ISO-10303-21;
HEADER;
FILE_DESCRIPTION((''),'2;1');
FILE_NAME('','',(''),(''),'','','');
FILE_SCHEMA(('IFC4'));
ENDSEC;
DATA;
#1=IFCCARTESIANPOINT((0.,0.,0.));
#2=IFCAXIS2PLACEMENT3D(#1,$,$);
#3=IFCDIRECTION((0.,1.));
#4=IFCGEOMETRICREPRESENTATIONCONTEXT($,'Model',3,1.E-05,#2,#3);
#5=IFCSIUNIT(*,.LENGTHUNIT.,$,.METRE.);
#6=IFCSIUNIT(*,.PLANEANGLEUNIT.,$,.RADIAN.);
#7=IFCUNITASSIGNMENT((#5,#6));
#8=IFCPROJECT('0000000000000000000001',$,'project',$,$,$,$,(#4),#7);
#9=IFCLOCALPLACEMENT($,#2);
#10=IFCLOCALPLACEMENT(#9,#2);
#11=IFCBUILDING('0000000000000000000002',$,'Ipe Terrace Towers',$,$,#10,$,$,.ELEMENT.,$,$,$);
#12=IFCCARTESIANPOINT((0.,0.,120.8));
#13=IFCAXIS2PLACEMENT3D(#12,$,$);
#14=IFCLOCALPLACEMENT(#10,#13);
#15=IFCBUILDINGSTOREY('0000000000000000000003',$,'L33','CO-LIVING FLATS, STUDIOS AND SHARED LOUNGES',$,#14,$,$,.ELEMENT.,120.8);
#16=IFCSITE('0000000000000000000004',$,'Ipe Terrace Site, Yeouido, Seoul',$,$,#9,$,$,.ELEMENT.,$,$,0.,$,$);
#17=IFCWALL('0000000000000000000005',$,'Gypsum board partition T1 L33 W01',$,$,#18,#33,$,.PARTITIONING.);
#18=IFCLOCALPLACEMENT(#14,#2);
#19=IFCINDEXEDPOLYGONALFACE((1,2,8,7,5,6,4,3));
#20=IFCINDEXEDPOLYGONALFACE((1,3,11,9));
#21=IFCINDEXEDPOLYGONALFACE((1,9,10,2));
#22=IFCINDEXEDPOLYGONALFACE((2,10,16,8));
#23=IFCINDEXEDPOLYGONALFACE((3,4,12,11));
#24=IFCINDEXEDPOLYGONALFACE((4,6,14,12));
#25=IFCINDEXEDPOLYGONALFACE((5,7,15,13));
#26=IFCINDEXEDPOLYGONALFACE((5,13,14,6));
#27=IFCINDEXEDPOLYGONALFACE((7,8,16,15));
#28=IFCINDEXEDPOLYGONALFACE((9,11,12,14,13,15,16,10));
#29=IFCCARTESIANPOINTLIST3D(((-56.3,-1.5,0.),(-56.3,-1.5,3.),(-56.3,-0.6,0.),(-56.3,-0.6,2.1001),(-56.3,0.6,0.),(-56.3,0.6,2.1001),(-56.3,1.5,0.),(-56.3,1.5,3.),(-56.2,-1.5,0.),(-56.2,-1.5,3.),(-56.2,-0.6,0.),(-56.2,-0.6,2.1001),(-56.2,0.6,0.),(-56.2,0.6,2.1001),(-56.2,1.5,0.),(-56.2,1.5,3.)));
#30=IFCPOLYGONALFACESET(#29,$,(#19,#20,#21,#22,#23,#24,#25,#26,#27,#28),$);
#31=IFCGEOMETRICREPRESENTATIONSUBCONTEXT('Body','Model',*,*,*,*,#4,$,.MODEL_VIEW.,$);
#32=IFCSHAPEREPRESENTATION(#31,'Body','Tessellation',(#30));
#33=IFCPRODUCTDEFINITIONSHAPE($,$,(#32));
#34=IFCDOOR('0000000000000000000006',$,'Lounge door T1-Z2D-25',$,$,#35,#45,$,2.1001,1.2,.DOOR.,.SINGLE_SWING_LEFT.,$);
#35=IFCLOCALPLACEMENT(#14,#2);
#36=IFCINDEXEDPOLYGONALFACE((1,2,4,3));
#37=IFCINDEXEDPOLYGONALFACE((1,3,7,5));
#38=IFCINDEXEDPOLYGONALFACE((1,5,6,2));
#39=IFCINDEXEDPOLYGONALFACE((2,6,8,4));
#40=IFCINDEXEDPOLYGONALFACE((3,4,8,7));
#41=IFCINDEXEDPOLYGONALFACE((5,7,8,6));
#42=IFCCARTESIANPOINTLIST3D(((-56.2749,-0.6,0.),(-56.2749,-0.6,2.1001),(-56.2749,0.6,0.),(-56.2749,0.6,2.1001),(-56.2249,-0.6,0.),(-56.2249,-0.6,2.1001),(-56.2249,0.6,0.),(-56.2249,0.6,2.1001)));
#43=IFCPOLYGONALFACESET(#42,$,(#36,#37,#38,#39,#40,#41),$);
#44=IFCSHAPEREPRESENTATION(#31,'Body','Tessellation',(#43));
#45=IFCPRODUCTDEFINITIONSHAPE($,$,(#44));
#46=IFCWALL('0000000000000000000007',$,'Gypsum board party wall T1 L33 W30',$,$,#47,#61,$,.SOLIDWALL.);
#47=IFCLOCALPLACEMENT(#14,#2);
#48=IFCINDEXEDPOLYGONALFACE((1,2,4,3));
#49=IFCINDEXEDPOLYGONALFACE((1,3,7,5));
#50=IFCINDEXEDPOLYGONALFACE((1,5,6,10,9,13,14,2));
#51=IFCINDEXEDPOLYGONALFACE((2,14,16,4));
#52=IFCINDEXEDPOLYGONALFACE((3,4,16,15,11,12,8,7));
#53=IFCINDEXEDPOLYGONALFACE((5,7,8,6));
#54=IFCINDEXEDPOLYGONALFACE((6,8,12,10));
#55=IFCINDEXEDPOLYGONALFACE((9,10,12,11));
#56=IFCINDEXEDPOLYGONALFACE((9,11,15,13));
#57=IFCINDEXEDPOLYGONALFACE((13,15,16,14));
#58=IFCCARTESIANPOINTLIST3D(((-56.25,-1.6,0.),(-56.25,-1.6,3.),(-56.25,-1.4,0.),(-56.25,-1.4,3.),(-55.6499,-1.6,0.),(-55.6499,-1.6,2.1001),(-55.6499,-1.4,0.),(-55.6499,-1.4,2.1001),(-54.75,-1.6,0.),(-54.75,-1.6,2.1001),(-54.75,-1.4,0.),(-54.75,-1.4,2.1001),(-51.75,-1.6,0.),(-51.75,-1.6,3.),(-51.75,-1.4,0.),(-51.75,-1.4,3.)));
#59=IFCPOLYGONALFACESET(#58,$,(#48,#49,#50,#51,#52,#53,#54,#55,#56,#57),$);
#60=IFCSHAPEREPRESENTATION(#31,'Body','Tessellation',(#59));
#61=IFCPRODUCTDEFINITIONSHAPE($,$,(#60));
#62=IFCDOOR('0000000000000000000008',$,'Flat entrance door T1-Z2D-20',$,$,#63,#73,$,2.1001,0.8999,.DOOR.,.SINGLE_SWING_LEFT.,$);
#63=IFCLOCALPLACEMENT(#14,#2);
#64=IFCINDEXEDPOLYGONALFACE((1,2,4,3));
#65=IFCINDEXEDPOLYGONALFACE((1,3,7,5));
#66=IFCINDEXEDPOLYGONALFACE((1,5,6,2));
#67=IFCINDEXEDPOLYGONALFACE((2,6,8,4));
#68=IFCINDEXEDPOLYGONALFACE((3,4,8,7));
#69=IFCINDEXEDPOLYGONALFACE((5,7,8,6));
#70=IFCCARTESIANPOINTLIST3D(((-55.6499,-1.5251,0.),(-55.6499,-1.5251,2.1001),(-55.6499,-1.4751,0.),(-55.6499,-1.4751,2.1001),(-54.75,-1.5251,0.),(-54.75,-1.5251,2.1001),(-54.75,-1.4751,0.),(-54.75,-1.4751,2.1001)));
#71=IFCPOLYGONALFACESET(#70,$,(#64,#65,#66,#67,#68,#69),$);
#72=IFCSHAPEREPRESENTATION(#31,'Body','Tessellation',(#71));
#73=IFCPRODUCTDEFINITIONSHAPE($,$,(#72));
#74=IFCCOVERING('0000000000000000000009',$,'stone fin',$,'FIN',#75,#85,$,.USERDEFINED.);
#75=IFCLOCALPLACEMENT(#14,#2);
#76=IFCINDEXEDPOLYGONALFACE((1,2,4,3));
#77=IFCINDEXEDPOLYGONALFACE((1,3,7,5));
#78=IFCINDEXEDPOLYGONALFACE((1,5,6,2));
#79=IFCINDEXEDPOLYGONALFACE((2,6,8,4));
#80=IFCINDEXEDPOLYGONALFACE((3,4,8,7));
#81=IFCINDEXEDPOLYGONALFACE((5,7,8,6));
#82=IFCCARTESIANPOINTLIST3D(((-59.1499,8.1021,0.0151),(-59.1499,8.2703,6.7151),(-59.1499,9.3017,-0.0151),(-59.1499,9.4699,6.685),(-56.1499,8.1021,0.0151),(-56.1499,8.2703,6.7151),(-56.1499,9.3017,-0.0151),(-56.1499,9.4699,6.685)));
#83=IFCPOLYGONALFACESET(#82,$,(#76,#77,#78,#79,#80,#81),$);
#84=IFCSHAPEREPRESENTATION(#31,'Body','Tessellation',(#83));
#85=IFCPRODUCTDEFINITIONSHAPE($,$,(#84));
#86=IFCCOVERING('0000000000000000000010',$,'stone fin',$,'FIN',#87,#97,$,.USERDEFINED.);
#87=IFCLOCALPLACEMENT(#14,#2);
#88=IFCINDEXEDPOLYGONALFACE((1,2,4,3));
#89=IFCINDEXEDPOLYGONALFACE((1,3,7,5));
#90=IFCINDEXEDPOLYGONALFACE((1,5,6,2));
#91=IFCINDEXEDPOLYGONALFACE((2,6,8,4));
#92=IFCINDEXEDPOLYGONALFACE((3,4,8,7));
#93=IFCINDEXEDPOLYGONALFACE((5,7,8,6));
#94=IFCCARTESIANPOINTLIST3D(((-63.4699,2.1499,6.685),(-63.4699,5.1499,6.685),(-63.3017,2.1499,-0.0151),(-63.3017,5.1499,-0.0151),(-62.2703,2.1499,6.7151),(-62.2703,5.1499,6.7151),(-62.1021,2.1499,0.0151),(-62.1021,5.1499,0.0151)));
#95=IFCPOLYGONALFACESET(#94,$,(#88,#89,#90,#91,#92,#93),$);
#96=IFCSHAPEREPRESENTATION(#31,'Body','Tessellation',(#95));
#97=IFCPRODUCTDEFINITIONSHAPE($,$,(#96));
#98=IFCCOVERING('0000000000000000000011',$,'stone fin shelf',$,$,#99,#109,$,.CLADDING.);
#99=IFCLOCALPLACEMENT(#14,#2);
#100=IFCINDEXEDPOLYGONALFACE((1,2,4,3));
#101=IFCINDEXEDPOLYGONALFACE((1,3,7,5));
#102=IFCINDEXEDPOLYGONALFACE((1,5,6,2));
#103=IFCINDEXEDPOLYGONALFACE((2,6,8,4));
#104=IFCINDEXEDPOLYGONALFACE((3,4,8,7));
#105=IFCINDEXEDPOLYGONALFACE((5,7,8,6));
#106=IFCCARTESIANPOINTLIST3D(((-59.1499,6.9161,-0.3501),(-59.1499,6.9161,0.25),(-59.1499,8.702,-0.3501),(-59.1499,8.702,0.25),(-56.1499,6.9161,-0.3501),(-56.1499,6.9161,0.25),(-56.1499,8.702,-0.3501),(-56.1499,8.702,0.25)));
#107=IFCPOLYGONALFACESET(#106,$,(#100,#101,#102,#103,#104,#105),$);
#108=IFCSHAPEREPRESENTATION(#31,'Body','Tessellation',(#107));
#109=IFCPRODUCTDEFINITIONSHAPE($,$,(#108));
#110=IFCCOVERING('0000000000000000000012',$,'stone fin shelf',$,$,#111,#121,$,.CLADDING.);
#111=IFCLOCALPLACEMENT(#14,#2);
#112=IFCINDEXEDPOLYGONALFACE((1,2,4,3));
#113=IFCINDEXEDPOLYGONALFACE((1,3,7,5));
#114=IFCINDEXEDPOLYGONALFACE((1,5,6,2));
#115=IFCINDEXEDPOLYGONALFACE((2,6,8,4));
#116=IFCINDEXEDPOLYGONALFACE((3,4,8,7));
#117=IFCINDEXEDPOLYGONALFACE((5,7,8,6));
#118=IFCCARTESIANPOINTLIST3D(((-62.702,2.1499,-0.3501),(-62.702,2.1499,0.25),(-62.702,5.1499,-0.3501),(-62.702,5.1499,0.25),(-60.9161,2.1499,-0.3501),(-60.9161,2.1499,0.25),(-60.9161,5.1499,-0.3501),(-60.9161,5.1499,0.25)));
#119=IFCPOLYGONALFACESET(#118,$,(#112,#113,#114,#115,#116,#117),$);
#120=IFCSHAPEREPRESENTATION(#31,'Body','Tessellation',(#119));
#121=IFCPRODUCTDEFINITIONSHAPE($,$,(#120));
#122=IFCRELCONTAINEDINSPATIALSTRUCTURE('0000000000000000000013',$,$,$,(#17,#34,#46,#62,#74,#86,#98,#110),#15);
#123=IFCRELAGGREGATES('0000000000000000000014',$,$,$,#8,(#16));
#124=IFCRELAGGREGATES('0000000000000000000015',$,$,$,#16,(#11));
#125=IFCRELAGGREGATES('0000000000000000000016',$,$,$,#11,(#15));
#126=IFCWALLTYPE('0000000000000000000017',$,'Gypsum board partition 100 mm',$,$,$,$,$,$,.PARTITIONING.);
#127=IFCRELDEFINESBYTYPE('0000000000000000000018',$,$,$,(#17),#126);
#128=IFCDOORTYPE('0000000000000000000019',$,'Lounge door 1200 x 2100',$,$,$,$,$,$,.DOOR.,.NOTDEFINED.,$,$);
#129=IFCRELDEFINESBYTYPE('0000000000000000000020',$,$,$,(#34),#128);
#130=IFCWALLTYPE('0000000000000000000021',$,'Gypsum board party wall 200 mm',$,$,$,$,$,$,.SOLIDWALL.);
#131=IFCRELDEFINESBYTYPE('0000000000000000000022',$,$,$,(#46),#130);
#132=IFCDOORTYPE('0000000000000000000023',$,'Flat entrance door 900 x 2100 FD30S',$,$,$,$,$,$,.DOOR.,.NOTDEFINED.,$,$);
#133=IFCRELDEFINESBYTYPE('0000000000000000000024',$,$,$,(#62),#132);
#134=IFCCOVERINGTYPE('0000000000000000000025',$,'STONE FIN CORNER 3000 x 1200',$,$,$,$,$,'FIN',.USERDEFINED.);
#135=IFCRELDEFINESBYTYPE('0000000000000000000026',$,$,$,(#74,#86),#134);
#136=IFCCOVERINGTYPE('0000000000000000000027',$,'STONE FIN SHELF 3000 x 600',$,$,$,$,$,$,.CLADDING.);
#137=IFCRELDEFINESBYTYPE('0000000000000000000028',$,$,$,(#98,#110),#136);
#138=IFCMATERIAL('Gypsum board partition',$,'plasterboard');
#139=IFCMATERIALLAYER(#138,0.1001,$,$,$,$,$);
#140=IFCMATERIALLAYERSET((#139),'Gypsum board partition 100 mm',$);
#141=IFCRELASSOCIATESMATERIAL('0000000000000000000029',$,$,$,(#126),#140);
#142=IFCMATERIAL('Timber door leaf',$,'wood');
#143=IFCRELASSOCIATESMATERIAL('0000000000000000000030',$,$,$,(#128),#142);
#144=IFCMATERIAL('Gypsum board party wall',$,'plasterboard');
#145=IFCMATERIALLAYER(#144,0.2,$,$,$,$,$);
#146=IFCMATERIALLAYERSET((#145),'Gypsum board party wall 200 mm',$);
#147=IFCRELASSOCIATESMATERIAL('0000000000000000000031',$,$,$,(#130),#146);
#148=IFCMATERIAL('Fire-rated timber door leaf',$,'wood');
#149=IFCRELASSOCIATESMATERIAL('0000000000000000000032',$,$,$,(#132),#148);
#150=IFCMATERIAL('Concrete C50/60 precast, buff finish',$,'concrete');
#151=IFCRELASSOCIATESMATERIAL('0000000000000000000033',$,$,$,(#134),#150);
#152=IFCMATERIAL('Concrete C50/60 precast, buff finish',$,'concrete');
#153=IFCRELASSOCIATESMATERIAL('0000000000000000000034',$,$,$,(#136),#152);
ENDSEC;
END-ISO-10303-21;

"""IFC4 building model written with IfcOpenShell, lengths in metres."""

from ifc_helpers import new_model, si_unit, direction, frame, frame_2d, origin, origin_2d, place, context, subcontext, project, spatial, rectangle, extrude, material, layer, layer_set, material_profile, profile_set, type_object, element, fill, save


model = new_model("IFC4")

# Units and contexts
model_context = context("Model", 3, precision=1e-05, world=origin(), true_north=direction((0.0, 1.0)))
body_context = subcontext(model_context, "Body", "Model", "MODEL_VIEW")
ifc_project = project(units=[si_unit("LENGTHUNIT", "METRE"), si_unit("PLANEANGLEUNIT", "RADIAN")], contexts=[model_context])

# Site, building, storey
site_placement = place(None, origin())
site = spatial("IfcSite", under=ifc_project, at=site_placement, Name="Ipe Terrace Site, Yeouido, Seoul", CompositionType="ELEMENT", RefElevation=0.0)
building_placement = place(site_placement, origin())
building = spatial("IfcBuilding", under=site, at=building_placement, Name="Ipe Terrace Towers", CompositionType="ELEMENT")
storey_placement = place(building_placement, frame((0.0, 0.0, 120.8)))
storey = spatial("IfcBuildingStorey", under=building, at=storey_placement, Name="L33", Description="CO-LIVING FLATS, STUDIOS AND SHARED LOUNGES", CompositionType="ELEMENT", Elevation=120.8)

# Walls, openings, doors
ifc_material_1 = material(Name="Gypsum board partition", Category="plasterboard")
ifc_layer_1 = layer(ifc_material_1, 0.1001)
ifc_layer_set_1 = layer_set([ifc_layer_1], Name="Gypsum board partition 100 mm")
wall_type_1 = type_object("IfcWallType", Name="Gypsum board partition 100 mm", PredefinedType="PARTITIONING", material=ifc_layer_set_1)
wall_1_placement = place(storey_placement, frame((-56.25, -1.5, 0.0), z_axis=(0.0, 0.0, 1.0), x_axis=(0.0, 1.0, 0.0)))
wall_1 = element("IfcWall", 1, at=wall_1_placement, inside=storey, type_object=wall_type_1, Name="Gypsum board partition T1 L33 W01", PredefinedType="PARTITIONING", context=body_context, shape_type="SweptSolid", body=[
    extrude(rectangle(XDim=3.0, YDim=0.1001, at=frame_2d((1.5, 0.0))), origin(), (0.0, 0.0, 1.0), 3.0),
])
opening_1_placement = place(wall_1_placement, frame((0.8999, 0.0, 0.0)))
opening_1 = element("IfcOpeningElement", 2, at=opening_1_placement, cuts=wall_1, PredefinedType="OPENING", context=body_context, shape_type="SweptSolid", body=[
    extrude(rectangle(XDim=1.2, YDim=2.1001, at=frame_2d((0.6001, 1.05))), frame((0.0, 0.0601, 0.0), z_axis=(0.0, -1.0, 0.0), x_axis=(1.0, 0.0, 0.0)), (0.0, 0.0, 1.0), 0.1201),
])
ifc_material_2 = material(Name="Timber door leaf", Category="wood")
door_type_1 = type_object("IfcDoorType", Name="Lounge door 1200 x 2100", OperationType="NOTDEFINED", PredefinedType="DOOR", material=ifc_material_2)
door_1_placement = place(opening_1_placement, origin())
door_1 = element("IfcDoor", 3, at=door_1_placement, inside=storey, type_object=door_type_1, Name="Lounge door T1-Z2D-25", OperationType="SINGLE_SWING_LEFT", OverallHeight=2.1001, OverallWidth=1.2, PredefinedType="DOOR", context=body_context, shape_type="SweptSolid", body=[
    extrude(rectangle(XDim=1.2, YDim=2.1001, at=frame_2d((0.6001, 1.05))), frame((0.0, 0.0249, 0.0), z_axis=(0.0, -1.0, 0.0), x_axis=(1.0, 0.0, 0.0)), (0.0, 0.0, 1.0), 0.05),
])
fill(opening_1, door_1)
ifc_material_3 = material(Name="Gypsum board party wall", Category="plasterboard")
ifc_layer_2 = layer(ifc_material_3, 0.2)
ifc_layer_set_2 = layer_set([ifc_layer_2], Name="Gypsum board party wall 200 mm")
wall_type_2 = type_object("IfcWallType", Name="Gypsum board party wall 200 mm", PredefinedType="SOLIDWALL", material=ifc_layer_set_2)
wall_2_placement = place(storey_placement, frame((-56.25, -1.5, 0.0), z_axis=(0.0, 0.0, 1.0), x_axis=(1.0, 0.0, 0.0)))
wall_2 = element("IfcWall", 4, at=wall_2_placement, inside=storey, type_object=wall_type_2, Name="Gypsum board party wall T1 L33 W30", PredefinedType="SOLIDWALL", context=body_context, shape_type="SweptSolid", body=[
    extrude(rectangle(XDim=4.5, YDim=0.2, at=frame_2d((2.25, 0.0))), origin(), (0.0, 0.0, 1.0), 3.0),
])
opening_2_placement = place(wall_2_placement, frame((0.6001, 0.0, 0.0)))
opening_2 = element("IfcOpeningElement", 5, at=opening_2_placement, cuts=wall_2, PredefinedType="OPENING", context=body_context, shape_type="SweptSolid", body=[
    extrude(rectangle(XDim=0.8999, YDim=2.1001, at=frame_2d((0.45, 1.05))), frame((0.0, 0.1099, 0.0), z_axis=(0.0, -1.0, 0.0), x_axis=(1.0, 0.0, 0.0)), (0.0, 0.0, 1.0), 0.22),
])
ifc_material_4 = material(Name="Fire-rated timber door leaf", Category="wood")
door_type_2 = type_object("IfcDoorType", Name="Flat entrance door 900 x 2100 FD30S", OperationType="NOTDEFINED", PredefinedType="DOOR", material=ifc_material_4)
door_2_placement = place(opening_2_placement, origin())
door_2 = element("IfcDoor", 6, at=door_2_placement, inside=storey, type_object=door_type_2, Name="Flat entrance door T1-Z2D-20", OperationType="SINGLE_SWING_LEFT", OverallHeight=2.1001, OverallWidth=0.8999, PredefinedType="DOOR", context=body_context, shape_type="SweptSolid", body=[
    extrude(rectangle(XDim=0.8999, YDim=2.1001, at=frame_2d((0.45, 1.05))), frame((0.0, 0.0249, 0.0), z_axis=(0.0, -1.0, 0.0), x_axis=(1.0, 0.0, 0.0)), (0.0, 0.0, 1.0), 0.05),
])
fill(opening_2, door_2)

# Coverings
ifc_material_5 = material(Name="Concrete C50/60 precast, buff finish", Category="concrete")
ifc_material_profile_1 = material_profile(ifc_material_5, rectangle(XDim=3.0, YDim=1.2, at=origin_2d()), Name="STONE FIN CORNER 3000 x 1200")
ifc_profile_set_1 = profile_set([ifc_material_profile_1], Name="Concrete C50/60 precast, buff finish")
covering_type_1 = type_object("IfcCoveringType", Name="STONE FIN CORNER 3000 x 1200", ElementType="FIN", PredefinedType="USERDEFINED", material=ifc_profile_set_1)
for number, where, z_axis, x_axis, name in (
    (7, (-57.6499, 8.7019, 0.0), (0.0, 0.025099, 0.999685), (-1.0, 0.0, 0.0), "stone fin"),
    (8, (-62.7019, 3.6499, 0.0), (-0.025099, 0.0, 0.999685), (0.0, -1.0, 0.0), "stone fin"),
):
    element("IfcCovering", number, at=place(storey_placement, frame(where, z_axis=z_axis, x_axis=x_axis)), inside=storey, type_object=covering_type_1, Name=name, ObjectType="FIN", PredefinedType="USERDEFINED", context=body_context, shape_type="SweptSolid", body=[
        extrude(rectangle(XDim=3.0, YDim=1.2, at=origin_2d()), origin(), (0.0, 0.0, 1.0), 6.7021),
    ])
ifc_material_6 = material(Name="Concrete C50/60 precast, buff finish", Category="concrete")
covering_type_2 = type_object("IfcCoveringType", Name="STONE FIN SHELF 3000 x 600", PredefinedType="CLADDING", material=ifc_material_6)
for number, where, z_axis, x_axis, name in (
    (9, (-57.6499, 7.8091, -0.3501), (0.0, 0.0, 1.0), (-1.0, 0.0, 0.0), "stone fin shelf"),
    (10, (-61.8091, 3.6499, -0.3501), (0.0, 0.0, 1.0), (0.0, -1.0, 0.0), "stone fin shelf"),
):
    element("IfcCovering", number, at=place(storey_placement, frame(where, z_axis=z_axis, x_axis=x_axis)), inside=storey, type_object=covering_type_2, Name=name, PredefinedType="CLADDING", context=body_context, shape_type="SweptSolid", body=[
        extrude(rectangle(XDim=3.0, YDim=1.7859, at=origin_2d()), origin(), (0.0, 0.0, 1.0), 0.6001),
    ])

save(model, "model.ifc")
